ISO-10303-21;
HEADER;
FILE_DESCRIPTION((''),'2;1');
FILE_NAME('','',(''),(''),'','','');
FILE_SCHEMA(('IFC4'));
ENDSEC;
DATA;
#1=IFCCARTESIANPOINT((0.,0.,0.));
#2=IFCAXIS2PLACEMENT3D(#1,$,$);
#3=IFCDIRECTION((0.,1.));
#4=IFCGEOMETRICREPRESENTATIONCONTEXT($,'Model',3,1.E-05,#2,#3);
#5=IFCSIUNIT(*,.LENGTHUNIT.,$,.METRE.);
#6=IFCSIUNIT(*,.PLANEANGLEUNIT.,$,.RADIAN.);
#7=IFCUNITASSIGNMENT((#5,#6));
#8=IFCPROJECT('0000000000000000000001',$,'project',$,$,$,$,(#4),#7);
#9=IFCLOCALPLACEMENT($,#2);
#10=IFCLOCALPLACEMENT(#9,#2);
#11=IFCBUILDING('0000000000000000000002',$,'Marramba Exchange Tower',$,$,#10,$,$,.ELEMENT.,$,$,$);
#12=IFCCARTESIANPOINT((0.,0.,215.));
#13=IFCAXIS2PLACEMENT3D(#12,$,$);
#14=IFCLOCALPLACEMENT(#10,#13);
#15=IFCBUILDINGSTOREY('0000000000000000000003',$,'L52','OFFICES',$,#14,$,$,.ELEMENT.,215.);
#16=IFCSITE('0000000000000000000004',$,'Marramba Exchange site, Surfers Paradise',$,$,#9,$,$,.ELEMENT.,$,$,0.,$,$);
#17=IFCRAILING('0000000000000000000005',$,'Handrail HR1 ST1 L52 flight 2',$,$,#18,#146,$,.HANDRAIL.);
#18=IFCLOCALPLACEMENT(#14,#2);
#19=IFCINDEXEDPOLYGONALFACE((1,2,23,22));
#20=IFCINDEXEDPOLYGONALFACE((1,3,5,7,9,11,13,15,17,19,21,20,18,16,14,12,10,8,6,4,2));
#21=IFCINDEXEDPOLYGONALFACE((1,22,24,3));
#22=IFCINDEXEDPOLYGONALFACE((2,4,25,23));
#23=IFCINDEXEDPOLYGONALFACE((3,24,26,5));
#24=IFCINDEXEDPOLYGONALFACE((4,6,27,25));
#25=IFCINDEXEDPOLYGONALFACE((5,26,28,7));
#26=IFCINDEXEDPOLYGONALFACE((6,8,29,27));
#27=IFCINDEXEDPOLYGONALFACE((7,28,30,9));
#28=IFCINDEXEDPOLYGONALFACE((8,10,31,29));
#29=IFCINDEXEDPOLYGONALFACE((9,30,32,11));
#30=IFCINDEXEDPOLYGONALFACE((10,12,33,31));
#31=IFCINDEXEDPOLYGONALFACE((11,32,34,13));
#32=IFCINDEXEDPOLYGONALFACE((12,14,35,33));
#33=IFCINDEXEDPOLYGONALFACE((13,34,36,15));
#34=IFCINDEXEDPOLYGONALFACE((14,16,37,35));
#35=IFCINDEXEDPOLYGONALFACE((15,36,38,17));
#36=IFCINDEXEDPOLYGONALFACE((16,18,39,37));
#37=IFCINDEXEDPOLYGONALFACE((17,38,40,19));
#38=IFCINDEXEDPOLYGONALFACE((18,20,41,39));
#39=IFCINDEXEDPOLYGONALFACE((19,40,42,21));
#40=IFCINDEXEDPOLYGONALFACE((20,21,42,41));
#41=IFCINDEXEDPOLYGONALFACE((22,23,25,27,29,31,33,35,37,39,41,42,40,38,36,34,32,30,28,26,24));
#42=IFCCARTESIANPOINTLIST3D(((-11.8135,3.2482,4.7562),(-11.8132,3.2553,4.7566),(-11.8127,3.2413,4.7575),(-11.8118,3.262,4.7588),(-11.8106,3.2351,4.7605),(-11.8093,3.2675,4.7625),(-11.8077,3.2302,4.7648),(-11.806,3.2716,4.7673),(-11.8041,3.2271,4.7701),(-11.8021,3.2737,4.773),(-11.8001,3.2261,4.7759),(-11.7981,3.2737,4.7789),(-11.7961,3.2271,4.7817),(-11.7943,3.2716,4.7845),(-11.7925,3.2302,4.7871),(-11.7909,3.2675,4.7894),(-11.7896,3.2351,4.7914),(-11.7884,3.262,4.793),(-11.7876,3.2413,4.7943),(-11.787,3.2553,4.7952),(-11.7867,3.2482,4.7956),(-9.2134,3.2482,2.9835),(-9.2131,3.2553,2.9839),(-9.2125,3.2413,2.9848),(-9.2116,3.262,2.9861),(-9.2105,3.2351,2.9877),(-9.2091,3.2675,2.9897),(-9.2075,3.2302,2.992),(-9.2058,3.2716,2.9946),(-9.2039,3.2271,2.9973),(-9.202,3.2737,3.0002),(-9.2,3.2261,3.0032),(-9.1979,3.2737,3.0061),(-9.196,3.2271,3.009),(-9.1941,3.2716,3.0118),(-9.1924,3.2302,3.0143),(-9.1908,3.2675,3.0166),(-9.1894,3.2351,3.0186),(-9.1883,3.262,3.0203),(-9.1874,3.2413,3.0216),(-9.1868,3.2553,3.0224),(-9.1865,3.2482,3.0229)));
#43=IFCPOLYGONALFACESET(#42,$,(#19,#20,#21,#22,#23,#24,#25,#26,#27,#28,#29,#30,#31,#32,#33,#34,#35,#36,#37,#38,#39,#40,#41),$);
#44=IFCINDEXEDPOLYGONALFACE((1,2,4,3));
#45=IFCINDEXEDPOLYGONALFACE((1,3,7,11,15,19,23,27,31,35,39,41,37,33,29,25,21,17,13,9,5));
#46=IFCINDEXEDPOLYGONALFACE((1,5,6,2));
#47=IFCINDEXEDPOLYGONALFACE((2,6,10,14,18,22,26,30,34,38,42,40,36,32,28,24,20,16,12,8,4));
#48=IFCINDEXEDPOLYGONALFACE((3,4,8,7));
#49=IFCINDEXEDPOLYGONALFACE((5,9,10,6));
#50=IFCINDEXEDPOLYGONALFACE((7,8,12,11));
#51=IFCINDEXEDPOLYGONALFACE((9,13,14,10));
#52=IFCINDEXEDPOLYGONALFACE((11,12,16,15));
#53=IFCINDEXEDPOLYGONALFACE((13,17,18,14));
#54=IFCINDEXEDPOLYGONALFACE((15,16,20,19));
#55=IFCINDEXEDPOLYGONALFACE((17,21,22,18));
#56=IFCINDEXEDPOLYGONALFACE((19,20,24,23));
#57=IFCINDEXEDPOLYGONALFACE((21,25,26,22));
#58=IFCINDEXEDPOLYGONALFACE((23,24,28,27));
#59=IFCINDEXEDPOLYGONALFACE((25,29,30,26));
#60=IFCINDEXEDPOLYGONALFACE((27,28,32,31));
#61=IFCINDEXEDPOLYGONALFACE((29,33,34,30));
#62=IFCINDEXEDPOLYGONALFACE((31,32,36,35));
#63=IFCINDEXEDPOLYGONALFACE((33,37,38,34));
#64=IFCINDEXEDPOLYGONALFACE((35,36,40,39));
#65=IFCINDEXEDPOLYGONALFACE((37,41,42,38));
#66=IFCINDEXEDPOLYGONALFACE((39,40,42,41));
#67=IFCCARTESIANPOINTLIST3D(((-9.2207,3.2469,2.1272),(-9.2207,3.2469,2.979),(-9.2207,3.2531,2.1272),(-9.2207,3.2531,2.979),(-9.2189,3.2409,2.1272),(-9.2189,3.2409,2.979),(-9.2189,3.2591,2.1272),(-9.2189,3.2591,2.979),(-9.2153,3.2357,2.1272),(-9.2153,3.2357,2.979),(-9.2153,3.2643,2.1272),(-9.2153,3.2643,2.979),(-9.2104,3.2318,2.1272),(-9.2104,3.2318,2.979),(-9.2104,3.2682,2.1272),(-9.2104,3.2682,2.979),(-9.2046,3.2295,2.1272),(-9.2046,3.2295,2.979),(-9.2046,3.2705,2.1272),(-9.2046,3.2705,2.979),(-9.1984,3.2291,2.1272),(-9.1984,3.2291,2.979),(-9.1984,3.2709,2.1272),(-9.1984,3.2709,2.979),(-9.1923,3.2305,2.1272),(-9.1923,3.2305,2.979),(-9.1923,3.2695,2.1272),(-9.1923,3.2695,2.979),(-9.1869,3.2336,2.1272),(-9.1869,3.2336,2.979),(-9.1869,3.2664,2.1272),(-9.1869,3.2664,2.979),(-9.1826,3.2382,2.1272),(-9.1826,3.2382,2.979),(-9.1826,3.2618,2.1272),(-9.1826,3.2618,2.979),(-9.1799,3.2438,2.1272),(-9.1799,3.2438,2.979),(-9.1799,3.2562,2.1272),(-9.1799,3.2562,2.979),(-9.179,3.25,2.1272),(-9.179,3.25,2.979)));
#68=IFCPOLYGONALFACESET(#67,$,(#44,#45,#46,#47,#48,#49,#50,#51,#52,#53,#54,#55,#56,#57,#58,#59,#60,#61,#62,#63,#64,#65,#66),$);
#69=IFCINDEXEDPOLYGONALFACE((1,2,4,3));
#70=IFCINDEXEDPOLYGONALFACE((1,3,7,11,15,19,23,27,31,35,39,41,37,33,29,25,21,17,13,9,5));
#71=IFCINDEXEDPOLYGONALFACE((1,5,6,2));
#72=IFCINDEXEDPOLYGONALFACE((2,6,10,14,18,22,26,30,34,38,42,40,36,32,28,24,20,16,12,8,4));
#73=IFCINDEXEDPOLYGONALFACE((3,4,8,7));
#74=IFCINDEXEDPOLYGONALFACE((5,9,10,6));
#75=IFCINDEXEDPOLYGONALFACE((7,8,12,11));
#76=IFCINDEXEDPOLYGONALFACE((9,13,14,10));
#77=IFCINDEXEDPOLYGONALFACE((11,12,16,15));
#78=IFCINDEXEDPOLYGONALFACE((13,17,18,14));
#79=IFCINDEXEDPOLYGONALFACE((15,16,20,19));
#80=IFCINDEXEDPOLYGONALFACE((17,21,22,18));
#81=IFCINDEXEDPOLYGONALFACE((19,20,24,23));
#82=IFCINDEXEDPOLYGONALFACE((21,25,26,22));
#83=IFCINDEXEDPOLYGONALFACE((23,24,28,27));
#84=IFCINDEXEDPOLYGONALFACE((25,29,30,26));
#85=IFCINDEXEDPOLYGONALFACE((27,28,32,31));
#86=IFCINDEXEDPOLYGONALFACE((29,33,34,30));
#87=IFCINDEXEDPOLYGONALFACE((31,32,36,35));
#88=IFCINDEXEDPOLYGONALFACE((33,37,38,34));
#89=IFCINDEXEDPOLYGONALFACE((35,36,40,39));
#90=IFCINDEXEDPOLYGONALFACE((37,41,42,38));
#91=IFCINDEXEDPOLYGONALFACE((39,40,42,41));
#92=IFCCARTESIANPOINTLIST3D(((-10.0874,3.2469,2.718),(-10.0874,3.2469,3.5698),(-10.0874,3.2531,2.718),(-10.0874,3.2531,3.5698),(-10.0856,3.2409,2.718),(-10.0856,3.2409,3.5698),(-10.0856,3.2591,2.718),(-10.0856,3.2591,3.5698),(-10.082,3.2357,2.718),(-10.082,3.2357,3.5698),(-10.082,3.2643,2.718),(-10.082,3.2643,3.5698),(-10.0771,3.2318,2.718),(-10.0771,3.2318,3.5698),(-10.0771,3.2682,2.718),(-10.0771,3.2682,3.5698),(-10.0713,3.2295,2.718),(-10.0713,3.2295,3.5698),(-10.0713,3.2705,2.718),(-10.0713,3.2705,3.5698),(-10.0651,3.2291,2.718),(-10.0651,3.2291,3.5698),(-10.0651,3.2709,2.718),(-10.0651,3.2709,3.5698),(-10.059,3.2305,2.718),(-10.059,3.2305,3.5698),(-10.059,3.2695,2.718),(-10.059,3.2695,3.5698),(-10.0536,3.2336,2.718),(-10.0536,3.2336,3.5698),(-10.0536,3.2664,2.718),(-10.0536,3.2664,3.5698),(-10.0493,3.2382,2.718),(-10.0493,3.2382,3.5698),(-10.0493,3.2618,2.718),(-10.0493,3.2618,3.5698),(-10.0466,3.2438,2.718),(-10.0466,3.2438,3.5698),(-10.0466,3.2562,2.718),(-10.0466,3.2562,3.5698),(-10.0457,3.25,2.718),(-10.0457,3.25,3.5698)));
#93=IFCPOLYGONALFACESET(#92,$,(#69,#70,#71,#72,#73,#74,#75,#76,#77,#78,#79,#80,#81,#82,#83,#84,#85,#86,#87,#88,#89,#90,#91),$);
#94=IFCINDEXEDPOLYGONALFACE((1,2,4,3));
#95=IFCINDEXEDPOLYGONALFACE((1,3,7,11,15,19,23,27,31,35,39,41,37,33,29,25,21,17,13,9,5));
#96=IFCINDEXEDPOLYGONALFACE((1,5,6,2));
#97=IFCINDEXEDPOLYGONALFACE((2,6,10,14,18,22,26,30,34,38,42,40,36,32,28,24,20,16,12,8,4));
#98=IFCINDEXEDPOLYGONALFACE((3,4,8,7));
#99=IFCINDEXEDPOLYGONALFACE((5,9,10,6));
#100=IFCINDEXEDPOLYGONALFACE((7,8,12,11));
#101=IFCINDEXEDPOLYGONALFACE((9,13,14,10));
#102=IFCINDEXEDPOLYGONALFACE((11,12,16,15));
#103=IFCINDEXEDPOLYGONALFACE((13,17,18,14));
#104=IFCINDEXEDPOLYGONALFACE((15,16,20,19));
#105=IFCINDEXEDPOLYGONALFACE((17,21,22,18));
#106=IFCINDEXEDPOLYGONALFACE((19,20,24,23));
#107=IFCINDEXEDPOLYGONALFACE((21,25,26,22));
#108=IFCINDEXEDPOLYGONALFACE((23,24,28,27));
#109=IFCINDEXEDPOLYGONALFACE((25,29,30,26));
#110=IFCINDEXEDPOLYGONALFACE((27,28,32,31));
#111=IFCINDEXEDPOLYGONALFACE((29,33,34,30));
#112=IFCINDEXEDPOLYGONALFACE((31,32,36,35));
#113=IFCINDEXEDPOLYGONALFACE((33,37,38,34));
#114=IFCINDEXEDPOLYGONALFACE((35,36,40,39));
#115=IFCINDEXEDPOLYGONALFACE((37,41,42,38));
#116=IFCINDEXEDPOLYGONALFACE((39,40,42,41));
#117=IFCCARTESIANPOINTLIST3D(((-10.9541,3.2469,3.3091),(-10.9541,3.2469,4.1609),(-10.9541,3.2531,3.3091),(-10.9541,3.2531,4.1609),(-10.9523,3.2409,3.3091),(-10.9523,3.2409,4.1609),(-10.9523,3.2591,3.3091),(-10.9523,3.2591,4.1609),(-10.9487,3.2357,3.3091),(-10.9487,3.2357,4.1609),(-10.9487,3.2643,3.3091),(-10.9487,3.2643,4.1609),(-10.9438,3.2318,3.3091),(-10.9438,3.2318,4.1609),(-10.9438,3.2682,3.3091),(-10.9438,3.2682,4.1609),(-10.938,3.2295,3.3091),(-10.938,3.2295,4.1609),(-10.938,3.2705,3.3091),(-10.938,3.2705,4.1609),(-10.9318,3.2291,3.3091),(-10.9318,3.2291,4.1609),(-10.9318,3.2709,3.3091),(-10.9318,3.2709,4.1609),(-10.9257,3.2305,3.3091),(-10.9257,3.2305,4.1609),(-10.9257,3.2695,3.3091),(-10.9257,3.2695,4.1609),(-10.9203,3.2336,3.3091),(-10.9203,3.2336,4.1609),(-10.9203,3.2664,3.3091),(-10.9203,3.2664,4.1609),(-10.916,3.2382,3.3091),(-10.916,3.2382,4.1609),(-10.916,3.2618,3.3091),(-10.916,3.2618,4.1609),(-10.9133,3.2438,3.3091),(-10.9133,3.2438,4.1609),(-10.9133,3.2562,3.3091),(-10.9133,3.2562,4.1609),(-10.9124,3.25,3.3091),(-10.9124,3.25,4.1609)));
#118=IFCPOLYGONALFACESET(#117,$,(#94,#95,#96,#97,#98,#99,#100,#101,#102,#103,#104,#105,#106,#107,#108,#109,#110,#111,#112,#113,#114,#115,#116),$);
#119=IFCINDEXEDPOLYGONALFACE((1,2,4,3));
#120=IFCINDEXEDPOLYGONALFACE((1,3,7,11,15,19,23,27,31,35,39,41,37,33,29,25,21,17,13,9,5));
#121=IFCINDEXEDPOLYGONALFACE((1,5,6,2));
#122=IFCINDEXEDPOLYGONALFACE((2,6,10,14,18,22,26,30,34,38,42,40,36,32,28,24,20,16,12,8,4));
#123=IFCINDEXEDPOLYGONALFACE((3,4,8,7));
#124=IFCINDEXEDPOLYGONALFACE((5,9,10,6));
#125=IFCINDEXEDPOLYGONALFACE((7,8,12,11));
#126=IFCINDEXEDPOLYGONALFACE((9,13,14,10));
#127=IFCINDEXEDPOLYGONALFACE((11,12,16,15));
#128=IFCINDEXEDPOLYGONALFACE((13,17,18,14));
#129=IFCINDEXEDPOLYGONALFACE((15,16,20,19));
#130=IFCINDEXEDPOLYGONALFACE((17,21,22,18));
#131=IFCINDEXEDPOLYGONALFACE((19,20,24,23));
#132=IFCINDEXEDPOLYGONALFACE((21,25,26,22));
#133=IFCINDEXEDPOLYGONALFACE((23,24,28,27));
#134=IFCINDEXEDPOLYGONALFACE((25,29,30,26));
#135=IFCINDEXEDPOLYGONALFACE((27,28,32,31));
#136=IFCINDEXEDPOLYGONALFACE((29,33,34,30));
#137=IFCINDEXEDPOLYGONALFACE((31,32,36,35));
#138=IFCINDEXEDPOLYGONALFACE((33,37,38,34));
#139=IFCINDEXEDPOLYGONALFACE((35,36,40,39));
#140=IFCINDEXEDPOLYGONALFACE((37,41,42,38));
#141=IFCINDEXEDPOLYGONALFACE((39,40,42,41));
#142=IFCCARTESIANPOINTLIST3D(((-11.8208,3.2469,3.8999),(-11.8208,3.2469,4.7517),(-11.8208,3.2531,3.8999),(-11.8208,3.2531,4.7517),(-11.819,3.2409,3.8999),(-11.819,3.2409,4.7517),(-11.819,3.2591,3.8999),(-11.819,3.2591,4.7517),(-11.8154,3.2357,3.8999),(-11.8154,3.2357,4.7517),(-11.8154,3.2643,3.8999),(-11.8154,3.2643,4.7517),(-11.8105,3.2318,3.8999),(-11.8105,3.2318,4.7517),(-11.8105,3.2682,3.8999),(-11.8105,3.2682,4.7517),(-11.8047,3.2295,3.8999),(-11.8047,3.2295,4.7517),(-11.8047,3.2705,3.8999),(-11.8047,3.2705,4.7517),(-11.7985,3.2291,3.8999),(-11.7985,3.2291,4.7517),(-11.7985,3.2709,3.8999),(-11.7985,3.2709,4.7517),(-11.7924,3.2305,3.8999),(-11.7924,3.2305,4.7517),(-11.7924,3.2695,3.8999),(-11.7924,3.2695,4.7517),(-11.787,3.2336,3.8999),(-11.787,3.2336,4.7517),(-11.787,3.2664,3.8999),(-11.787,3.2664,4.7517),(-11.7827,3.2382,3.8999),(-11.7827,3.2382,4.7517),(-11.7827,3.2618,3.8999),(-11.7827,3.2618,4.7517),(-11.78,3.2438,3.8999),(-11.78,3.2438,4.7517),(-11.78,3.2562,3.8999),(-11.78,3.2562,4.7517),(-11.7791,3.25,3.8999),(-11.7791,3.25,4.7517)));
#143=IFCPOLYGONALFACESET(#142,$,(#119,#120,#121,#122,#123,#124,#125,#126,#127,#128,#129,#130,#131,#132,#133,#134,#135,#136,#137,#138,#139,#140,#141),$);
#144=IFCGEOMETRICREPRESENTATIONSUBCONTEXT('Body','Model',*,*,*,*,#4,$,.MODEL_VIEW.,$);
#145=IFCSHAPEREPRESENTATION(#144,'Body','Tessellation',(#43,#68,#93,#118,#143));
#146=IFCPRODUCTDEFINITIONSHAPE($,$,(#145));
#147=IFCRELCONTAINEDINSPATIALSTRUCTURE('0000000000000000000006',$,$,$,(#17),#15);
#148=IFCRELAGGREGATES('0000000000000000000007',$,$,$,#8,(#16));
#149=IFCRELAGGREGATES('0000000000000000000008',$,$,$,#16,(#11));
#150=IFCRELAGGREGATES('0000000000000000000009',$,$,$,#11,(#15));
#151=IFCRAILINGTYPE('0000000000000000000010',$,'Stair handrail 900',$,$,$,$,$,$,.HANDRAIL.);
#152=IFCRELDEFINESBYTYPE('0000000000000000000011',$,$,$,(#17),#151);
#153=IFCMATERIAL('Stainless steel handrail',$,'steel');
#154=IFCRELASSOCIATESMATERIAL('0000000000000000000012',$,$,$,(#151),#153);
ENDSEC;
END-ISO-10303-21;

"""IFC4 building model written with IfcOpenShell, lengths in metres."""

from ifc_helpers import new_model, si_unit, direction, frame, origin, origin_2d, place, context, subcontext, project, spatial, circle, extrude, material, type_object, element, save


model = new_model("IFC4")

# Units and contexts
model_context = context("Model", 3, precision=1e-05, world=origin(), true_north=direction((0.0, 1.0)))
body_context = subcontext(model_context, "Body", "Model", "MODEL_VIEW")
ifc_project = project(units=[si_unit("LENGTHUNIT", "METRE"), si_unit("PLANEANGLEUNIT", "RADIAN")], contexts=[model_context])

# Site, building, storey
site_placement = place(None, origin())
site = spatial("IfcSite", under=ifc_project, at=site_placement, Name="Marramba Exchange site, Surfers Paradise", CompositionType="ELEMENT", RefElevation=0.0)
building_placement = place(site_placement, origin())
building = spatial("IfcBuilding", under=site, at=building_placement, Name="Marramba Exchange Tower", CompositionType="ELEMENT")
storey_placement = place(building_placement, frame((0.0, 0.0, 215.0)))
storey = spatial("IfcBuildingStorey", under=building, at=storey_placement, Name="L52", Description="OFFICES", CompositionType="ELEMENT", Elevation=215.0)

# Railing
ifc_material_1 = material(Name="Stainless steel handrail", Category="steel")
railing_type = type_object("IfcRailingType", Name="Stair handrail 900", PredefinedType="HANDRAIL", material=ifc_material_1)
railing_placement = place(storey_placement, frame((-9.2, 3.25, 2.1272)))
element("IfcRailing", 1, at=railing_placement, inside=storey, type_object=railing_type, Name="Handrail HR1 ST1 L52 flight 2", PredefinedType="HANDRAIL", context=body_context, shape_type="SweptSolid", body=[
    extrude(circle(Radius=0.0239, at=origin_2d()), frame((0.0, 0.0, 0.876), z_axis=(-0.82624, 0.0, 0.563318), x_axis=(0.0, -1.0, 0.0)), (0.0, 0.0, 1.0), 3.147),
    extrude(circle(Radius=0.021, at=origin_2d()), origin(), (0.0, 0.0, 1.0), 0.8518),
    extrude(circle(Radius=0.021, at=origin_2d()), frame((-0.8667, 0.0, 0.5908)), (0.0, 0.0, 1.0), 0.8518),
    extrude(circle(Radius=0.021, at=origin_2d()), frame((-1.7334, 0.0, 1.1819)), (0.0, 0.0, 1.0), 0.8518),
    extrude(circle(Radius=0.021, at=origin_2d()), frame((-2.6001, 0.0, 1.7727)), (0.0, 0.0, 1.0), 0.8518),
])

save(model, "model.ifc")
